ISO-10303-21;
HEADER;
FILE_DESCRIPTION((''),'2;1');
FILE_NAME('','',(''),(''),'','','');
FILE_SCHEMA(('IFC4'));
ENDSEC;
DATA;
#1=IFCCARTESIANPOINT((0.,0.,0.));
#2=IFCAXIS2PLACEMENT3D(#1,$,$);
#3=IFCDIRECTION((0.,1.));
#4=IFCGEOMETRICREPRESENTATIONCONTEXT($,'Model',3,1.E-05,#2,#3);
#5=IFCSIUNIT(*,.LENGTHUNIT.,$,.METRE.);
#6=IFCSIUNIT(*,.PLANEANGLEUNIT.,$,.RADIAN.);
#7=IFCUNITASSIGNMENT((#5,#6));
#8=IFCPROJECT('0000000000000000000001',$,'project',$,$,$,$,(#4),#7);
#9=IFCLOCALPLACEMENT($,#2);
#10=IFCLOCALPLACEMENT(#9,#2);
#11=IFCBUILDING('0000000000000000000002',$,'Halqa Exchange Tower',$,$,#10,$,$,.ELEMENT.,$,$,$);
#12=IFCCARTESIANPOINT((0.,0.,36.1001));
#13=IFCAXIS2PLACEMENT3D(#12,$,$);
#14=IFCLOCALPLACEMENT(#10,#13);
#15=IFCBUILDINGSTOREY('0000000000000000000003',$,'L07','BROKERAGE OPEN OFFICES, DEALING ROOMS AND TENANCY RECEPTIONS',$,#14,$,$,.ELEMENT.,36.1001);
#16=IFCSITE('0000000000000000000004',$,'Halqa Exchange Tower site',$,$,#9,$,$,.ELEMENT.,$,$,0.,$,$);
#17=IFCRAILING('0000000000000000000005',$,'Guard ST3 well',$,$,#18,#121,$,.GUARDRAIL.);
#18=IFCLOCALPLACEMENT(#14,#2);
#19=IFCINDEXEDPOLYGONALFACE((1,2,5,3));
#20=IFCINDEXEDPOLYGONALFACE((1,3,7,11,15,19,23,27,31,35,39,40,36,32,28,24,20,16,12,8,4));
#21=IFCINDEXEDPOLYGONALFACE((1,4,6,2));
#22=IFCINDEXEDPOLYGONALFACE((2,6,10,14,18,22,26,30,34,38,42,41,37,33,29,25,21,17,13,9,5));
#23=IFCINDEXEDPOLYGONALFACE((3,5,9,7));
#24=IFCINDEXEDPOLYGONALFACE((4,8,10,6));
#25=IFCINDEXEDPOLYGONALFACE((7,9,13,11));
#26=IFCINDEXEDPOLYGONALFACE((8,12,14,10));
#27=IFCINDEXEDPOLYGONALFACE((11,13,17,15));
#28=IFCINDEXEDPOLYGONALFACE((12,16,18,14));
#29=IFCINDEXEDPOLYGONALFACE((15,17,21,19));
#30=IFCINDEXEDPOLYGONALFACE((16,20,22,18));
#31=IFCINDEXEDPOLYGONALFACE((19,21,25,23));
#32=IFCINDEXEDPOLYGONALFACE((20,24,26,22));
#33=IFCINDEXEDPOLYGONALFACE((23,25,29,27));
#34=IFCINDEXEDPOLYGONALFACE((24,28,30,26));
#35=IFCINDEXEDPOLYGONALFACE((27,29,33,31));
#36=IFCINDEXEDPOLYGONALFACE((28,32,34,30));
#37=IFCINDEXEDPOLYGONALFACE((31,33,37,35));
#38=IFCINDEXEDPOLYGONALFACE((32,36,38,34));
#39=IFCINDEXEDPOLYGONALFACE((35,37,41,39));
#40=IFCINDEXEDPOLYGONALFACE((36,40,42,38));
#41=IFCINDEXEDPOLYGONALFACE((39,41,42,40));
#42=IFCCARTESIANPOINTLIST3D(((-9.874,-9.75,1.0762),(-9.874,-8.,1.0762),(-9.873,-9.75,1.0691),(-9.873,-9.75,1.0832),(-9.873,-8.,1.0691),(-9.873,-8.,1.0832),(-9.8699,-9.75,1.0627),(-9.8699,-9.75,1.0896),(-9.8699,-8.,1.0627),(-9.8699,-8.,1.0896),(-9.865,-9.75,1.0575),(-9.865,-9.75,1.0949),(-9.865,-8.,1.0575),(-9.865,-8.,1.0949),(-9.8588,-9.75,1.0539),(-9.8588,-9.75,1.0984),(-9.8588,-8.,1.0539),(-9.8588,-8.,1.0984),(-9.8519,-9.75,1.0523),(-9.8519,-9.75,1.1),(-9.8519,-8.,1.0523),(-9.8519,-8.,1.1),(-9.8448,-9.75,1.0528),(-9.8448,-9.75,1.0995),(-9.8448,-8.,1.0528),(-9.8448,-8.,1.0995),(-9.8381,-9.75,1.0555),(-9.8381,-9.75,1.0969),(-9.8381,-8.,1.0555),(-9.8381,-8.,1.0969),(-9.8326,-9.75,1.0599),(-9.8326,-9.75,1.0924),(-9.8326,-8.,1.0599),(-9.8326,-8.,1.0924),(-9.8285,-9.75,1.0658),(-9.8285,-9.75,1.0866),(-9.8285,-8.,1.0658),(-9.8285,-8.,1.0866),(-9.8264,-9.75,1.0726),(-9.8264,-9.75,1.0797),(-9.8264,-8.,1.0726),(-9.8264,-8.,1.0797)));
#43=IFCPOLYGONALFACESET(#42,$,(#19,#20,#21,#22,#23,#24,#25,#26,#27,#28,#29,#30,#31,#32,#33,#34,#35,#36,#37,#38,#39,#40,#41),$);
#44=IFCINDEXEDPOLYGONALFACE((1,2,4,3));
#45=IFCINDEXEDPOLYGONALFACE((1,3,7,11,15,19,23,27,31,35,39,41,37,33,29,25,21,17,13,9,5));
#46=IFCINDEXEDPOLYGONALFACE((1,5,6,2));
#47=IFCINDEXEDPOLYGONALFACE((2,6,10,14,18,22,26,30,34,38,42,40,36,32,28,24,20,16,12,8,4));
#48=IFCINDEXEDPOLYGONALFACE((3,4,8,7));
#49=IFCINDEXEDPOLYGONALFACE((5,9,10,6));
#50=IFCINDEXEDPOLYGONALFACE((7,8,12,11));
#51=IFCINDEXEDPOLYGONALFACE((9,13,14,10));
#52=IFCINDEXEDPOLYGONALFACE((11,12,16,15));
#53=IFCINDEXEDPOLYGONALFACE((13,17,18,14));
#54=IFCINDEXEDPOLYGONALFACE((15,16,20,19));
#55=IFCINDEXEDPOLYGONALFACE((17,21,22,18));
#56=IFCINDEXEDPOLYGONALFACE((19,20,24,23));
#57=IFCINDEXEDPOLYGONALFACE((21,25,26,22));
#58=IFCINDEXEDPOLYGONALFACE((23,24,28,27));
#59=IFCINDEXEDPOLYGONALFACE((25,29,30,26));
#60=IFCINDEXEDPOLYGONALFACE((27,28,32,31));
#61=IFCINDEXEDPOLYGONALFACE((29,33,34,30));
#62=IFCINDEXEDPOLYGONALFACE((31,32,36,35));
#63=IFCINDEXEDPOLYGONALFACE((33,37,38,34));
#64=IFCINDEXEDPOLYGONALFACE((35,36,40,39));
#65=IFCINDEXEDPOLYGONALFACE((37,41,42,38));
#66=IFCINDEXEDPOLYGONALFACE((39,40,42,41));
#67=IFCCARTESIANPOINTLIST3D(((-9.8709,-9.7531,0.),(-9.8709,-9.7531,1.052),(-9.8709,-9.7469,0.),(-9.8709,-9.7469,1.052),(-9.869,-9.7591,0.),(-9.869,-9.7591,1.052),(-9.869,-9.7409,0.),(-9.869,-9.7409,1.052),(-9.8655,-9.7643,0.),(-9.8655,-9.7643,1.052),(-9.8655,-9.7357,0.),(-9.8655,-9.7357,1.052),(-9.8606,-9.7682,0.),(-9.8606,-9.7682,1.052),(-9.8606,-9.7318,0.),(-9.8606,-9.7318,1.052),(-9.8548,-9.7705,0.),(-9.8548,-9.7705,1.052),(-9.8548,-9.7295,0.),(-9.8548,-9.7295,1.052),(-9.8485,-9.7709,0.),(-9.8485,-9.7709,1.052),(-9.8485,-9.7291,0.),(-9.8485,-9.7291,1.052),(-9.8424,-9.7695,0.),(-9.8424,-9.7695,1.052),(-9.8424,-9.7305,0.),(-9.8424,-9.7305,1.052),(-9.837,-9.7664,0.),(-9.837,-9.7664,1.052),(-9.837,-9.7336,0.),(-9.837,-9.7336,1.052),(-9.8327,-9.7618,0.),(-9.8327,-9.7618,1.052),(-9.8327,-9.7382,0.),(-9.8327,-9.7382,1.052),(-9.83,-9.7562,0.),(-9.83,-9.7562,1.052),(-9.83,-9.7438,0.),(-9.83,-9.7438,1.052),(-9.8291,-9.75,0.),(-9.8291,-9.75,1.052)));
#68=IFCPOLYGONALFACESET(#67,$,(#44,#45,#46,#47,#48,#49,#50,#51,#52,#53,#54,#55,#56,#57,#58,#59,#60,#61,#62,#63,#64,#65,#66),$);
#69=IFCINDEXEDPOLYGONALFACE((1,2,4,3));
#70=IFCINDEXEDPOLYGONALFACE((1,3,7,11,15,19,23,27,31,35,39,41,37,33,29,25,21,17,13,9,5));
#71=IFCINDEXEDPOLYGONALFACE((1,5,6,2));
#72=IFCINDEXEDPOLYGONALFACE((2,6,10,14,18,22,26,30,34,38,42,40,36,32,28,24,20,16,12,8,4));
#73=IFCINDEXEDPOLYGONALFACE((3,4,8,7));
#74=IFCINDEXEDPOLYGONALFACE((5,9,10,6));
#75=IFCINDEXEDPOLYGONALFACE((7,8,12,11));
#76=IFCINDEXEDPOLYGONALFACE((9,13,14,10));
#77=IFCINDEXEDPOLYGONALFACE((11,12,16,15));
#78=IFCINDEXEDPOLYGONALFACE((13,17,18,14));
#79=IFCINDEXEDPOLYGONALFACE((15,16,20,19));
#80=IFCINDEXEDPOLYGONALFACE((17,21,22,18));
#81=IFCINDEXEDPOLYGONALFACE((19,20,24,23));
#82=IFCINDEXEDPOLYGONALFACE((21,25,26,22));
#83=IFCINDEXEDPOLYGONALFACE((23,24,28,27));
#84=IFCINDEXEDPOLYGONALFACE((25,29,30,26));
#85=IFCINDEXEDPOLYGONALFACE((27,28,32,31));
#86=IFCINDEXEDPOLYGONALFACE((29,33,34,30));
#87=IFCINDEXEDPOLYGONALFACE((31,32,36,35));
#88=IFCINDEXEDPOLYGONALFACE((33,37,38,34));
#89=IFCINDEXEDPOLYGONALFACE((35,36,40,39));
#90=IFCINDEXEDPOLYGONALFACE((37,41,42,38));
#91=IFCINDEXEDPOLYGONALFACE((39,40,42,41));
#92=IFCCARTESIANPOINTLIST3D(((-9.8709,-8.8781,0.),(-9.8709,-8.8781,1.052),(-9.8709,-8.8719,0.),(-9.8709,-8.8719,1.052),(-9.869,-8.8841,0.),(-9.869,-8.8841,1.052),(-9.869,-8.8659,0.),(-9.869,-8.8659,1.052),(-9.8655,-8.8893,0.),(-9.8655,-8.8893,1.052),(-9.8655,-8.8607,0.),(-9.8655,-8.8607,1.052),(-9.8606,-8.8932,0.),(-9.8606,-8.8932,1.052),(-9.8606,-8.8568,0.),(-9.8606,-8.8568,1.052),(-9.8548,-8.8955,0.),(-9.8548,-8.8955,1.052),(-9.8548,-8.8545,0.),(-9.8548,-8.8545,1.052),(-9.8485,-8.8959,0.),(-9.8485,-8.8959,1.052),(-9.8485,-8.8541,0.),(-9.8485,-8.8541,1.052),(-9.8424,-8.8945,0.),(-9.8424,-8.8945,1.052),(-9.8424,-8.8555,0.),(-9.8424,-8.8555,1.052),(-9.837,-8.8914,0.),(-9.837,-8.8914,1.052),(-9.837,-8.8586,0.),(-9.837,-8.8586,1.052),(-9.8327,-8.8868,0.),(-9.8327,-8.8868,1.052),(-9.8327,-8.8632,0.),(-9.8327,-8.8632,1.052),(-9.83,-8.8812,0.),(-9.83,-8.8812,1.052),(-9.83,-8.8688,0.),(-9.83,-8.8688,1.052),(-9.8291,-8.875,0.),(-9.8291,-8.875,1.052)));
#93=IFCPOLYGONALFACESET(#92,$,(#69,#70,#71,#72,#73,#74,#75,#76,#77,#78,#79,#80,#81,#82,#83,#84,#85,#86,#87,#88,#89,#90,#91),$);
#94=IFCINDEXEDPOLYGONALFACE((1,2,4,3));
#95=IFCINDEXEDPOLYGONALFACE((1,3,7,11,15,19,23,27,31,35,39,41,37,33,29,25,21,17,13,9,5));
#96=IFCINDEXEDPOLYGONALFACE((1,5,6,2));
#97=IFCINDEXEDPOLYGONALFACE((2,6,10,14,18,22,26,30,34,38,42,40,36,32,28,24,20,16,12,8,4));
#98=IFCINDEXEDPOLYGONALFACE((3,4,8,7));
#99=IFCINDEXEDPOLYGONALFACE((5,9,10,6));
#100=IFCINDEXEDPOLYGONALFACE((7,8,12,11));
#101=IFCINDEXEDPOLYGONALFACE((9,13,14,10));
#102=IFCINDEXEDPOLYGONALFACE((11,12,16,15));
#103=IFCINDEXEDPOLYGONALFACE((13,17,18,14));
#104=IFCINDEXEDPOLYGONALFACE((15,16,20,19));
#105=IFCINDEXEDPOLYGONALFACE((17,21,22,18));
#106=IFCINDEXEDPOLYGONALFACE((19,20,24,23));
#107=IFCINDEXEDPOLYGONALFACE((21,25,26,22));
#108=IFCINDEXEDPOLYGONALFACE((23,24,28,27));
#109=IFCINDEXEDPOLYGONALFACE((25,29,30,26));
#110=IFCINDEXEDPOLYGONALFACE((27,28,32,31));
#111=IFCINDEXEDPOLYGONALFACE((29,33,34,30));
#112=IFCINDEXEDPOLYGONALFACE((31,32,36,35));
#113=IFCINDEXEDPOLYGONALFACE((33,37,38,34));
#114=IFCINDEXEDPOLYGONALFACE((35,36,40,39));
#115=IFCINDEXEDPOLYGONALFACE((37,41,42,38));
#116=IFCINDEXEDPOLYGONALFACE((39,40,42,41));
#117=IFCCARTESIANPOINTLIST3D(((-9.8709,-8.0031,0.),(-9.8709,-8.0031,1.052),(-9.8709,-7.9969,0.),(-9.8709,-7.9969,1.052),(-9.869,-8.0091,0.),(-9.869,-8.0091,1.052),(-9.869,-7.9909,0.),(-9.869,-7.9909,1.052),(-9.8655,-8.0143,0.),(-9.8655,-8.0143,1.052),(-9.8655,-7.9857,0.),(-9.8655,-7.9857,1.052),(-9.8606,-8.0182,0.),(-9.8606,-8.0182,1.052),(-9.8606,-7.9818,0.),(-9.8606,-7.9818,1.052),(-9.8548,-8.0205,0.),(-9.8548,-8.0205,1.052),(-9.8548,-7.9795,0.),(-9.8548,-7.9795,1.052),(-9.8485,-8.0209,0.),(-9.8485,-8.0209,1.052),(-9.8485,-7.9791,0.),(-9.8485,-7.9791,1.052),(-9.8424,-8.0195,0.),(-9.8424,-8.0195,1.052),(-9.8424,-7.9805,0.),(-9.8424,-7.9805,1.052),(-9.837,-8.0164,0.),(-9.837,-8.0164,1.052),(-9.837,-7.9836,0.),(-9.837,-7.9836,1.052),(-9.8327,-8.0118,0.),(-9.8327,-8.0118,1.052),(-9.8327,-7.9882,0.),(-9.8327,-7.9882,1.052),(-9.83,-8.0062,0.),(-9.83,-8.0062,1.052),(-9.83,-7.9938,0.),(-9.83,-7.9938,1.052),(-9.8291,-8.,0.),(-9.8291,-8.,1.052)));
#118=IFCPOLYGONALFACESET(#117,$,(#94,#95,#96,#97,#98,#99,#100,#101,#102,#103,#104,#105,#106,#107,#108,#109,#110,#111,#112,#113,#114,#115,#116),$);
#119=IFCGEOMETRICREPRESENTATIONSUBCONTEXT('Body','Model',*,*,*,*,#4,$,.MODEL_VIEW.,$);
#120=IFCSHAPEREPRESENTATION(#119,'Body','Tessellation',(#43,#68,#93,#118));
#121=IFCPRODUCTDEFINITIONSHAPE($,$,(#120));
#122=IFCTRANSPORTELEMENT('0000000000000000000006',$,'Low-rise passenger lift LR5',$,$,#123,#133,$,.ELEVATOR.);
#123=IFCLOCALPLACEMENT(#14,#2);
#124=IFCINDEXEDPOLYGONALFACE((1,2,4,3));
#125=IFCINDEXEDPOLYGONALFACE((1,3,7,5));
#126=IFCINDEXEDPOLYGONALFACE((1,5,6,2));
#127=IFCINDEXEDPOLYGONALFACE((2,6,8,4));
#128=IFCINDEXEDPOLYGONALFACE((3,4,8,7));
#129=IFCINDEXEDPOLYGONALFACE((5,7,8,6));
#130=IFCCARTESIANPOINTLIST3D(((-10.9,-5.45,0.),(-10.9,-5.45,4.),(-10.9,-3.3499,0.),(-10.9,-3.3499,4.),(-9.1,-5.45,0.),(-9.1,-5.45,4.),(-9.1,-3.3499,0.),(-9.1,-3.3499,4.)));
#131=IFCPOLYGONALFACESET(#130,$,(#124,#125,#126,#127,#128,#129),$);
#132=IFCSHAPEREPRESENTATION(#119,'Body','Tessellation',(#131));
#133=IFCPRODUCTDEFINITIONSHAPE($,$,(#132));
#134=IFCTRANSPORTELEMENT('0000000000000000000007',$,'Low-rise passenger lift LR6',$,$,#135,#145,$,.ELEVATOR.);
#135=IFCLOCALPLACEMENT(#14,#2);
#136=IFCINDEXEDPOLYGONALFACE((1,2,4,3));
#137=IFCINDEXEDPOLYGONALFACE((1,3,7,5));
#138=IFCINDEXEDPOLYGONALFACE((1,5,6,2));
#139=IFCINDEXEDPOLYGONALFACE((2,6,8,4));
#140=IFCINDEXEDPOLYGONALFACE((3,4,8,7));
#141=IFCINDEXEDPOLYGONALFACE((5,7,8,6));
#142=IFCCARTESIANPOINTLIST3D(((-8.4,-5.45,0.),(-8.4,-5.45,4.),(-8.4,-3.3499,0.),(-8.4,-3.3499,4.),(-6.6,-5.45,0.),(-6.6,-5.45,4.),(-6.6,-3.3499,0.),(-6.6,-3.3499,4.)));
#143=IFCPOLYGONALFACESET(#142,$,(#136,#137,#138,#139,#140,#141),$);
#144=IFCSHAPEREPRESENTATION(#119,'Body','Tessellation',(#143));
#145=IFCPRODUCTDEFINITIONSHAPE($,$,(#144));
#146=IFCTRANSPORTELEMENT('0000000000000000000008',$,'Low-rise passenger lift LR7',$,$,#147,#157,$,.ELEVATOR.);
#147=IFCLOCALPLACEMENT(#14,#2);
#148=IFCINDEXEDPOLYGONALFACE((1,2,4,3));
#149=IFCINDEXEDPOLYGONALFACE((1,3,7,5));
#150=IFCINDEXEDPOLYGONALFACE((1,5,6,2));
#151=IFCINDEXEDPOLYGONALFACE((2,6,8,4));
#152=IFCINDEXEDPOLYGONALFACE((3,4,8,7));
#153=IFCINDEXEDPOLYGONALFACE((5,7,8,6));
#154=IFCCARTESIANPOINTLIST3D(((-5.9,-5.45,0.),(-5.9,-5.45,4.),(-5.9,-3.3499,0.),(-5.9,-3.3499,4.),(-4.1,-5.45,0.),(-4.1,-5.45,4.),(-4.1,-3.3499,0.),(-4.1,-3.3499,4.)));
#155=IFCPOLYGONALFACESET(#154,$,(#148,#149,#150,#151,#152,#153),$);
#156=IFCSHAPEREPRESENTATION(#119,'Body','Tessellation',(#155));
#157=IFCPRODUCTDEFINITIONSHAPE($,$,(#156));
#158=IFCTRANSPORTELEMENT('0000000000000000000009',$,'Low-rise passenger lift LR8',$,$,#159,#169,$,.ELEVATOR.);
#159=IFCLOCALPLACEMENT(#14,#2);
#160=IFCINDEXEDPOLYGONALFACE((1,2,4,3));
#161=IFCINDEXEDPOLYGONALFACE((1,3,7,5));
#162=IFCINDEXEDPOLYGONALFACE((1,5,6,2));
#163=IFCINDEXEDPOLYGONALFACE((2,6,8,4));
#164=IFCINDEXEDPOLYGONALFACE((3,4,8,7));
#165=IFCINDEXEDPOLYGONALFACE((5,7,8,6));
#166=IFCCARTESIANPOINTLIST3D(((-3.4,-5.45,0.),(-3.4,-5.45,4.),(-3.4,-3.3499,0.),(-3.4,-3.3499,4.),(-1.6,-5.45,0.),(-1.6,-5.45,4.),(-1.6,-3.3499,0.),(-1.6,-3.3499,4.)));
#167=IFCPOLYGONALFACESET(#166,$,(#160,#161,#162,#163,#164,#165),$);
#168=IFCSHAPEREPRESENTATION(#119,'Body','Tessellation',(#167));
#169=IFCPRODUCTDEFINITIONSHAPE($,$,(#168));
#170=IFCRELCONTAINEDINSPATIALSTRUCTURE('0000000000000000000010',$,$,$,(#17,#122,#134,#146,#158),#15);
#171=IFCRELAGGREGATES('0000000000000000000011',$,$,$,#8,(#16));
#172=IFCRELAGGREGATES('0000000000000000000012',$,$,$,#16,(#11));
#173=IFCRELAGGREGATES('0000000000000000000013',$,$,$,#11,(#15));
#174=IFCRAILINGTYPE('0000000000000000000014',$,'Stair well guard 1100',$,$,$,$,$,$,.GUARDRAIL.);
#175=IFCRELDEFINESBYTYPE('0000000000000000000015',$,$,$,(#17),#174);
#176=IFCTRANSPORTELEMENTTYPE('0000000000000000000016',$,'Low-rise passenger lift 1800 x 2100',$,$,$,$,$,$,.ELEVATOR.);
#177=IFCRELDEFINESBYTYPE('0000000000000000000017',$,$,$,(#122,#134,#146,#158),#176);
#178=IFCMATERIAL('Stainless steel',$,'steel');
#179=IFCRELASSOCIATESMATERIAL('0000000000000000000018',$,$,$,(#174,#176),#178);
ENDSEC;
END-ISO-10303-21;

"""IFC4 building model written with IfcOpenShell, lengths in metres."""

from ifc_helpers import new_model, si_unit, direction, frame, origin, origin_2d, place, context, subcontext, project, spatial, rectangle, circle, extrude, material, type_object, element, save


model = new_model("IFC4")

# Units and contexts
model_context = context("Model", 3, precision=1e-05, world=origin(), true_north=direction((0.0, 1.0)))
body_context = subcontext(model_context, "Body", "Model", "MODEL_VIEW")
ifc_project = project(units=[si_unit("LENGTHUNIT", "METRE"), si_unit("PLANEANGLEUNIT", "RADIAN")], contexts=[model_context])

# Site, building, storey
site_placement = place(None, origin())
site = spatial("IfcSite", under=ifc_project, at=site_placement, Name="Halqa Exchange Tower site", CompositionType="ELEMENT", RefElevation=0.0)
building_placement = place(site_placement, origin())
building = spatial("IfcBuilding", under=site, at=building_placement, Name="Halqa Exchange Tower", CompositionType="ELEMENT")
storey_placement = place(building_placement, frame((0.0, 0.0, 36.1001)))
storey = spatial("IfcBuildingStorey", under=building, at=storey_placement, Name="L07", Description="BROKERAGE OPEN OFFICES, DEALING ROOMS AND TENANCY RECEPTIONS", CompositionType="ELEMENT", Elevation=36.1001)

# Shared definitions
ifc_material_1 = material(Name="Stainless steel", Category="steel")

# Railing
railing_type_1 = type_object("IfcRailingType", Name="Stair well guard 1100", PredefinedType="GUARDRAIL", material=ifc_material_1)
railing_1_placement = place(storey_placement, frame((-9.8501, -9.75, 0.0)))
element("IfcRailing", 1, at=railing_1_placement, inside=storey, type_object=railing_type_1, Name="Guard ST3 well", PredefinedType="GUARDRAIL", context=body_context, shape_type="SweptSolid", body=[
    extrude(circle(Radius=0.0239, at=origin_2d()), frame((0.0, 0.0, 1.0762), z_axis=(0.0, 1.0, 0.0), x_axis=(-1.0, 0.0, 0.0)), (0.0, 0.0, 1.0), 1.75),
    extrude(circle(Radius=0.021, at=origin_2d()), origin(), (0.0, 0.0, 1.0), 1.052),
    extrude(circle(Radius=0.021, at=origin_2d()), frame((0.0, 0.875, 0.0)), (0.0, 0.0, 1.0), 1.052),
    extrude(circle(Radius=0.021, at=origin_2d()), frame((0.0, 1.75, 0.0)), (0.0, 0.0, 1.0), 1.052),
])

# Transport elements
transport_element_type = type_object("IfcTransportElementType", Name="Low-rise passenger lift 1800 x 2100", PredefinedType="ELEVATOR", material=ifc_material_1)
for number, where, z_axis, x_axis, name in (
    (2, (-10.0, -4.3999, 0.0), (0.0, 0.0, 1.0), (1.0, 0.0, 0.0), "Low-rise passenger lift LR5"),
    (3, (-7.5, -4.3999, 0.0), (0.0, 0.0, 1.0), (1.0, 0.0, 0.0), "Low-rise passenger lift LR6"),
    (4, (-5.0, -4.3999, 0.0), (0.0, 0.0, 1.0), (1.0, 0.0, 0.0), "Low-rise passenger lift LR7"),
    (5, (-2.5, -4.3999, 0.0), (0.0, 0.0, 1.0), (1.0, 0.0, 0.0), "Low-rise passenger lift LR8"),
):
    element("IfcTransportElement", number, at=place(storey_placement, frame(where, z_axis=z_axis, x_axis=x_axis)), inside=storey, type_object=transport_element_type, Name=name, PredefinedType="ELEVATOR", context=body_context, shape_type="SweptSolid", body=[
        extrude(rectangle(XDim=1.8, YDim=2.1001, at=origin_2d()), origin(), (0.0, 0.0, 1.0), 4.0),
    ])

save(model, "model.ifc")
